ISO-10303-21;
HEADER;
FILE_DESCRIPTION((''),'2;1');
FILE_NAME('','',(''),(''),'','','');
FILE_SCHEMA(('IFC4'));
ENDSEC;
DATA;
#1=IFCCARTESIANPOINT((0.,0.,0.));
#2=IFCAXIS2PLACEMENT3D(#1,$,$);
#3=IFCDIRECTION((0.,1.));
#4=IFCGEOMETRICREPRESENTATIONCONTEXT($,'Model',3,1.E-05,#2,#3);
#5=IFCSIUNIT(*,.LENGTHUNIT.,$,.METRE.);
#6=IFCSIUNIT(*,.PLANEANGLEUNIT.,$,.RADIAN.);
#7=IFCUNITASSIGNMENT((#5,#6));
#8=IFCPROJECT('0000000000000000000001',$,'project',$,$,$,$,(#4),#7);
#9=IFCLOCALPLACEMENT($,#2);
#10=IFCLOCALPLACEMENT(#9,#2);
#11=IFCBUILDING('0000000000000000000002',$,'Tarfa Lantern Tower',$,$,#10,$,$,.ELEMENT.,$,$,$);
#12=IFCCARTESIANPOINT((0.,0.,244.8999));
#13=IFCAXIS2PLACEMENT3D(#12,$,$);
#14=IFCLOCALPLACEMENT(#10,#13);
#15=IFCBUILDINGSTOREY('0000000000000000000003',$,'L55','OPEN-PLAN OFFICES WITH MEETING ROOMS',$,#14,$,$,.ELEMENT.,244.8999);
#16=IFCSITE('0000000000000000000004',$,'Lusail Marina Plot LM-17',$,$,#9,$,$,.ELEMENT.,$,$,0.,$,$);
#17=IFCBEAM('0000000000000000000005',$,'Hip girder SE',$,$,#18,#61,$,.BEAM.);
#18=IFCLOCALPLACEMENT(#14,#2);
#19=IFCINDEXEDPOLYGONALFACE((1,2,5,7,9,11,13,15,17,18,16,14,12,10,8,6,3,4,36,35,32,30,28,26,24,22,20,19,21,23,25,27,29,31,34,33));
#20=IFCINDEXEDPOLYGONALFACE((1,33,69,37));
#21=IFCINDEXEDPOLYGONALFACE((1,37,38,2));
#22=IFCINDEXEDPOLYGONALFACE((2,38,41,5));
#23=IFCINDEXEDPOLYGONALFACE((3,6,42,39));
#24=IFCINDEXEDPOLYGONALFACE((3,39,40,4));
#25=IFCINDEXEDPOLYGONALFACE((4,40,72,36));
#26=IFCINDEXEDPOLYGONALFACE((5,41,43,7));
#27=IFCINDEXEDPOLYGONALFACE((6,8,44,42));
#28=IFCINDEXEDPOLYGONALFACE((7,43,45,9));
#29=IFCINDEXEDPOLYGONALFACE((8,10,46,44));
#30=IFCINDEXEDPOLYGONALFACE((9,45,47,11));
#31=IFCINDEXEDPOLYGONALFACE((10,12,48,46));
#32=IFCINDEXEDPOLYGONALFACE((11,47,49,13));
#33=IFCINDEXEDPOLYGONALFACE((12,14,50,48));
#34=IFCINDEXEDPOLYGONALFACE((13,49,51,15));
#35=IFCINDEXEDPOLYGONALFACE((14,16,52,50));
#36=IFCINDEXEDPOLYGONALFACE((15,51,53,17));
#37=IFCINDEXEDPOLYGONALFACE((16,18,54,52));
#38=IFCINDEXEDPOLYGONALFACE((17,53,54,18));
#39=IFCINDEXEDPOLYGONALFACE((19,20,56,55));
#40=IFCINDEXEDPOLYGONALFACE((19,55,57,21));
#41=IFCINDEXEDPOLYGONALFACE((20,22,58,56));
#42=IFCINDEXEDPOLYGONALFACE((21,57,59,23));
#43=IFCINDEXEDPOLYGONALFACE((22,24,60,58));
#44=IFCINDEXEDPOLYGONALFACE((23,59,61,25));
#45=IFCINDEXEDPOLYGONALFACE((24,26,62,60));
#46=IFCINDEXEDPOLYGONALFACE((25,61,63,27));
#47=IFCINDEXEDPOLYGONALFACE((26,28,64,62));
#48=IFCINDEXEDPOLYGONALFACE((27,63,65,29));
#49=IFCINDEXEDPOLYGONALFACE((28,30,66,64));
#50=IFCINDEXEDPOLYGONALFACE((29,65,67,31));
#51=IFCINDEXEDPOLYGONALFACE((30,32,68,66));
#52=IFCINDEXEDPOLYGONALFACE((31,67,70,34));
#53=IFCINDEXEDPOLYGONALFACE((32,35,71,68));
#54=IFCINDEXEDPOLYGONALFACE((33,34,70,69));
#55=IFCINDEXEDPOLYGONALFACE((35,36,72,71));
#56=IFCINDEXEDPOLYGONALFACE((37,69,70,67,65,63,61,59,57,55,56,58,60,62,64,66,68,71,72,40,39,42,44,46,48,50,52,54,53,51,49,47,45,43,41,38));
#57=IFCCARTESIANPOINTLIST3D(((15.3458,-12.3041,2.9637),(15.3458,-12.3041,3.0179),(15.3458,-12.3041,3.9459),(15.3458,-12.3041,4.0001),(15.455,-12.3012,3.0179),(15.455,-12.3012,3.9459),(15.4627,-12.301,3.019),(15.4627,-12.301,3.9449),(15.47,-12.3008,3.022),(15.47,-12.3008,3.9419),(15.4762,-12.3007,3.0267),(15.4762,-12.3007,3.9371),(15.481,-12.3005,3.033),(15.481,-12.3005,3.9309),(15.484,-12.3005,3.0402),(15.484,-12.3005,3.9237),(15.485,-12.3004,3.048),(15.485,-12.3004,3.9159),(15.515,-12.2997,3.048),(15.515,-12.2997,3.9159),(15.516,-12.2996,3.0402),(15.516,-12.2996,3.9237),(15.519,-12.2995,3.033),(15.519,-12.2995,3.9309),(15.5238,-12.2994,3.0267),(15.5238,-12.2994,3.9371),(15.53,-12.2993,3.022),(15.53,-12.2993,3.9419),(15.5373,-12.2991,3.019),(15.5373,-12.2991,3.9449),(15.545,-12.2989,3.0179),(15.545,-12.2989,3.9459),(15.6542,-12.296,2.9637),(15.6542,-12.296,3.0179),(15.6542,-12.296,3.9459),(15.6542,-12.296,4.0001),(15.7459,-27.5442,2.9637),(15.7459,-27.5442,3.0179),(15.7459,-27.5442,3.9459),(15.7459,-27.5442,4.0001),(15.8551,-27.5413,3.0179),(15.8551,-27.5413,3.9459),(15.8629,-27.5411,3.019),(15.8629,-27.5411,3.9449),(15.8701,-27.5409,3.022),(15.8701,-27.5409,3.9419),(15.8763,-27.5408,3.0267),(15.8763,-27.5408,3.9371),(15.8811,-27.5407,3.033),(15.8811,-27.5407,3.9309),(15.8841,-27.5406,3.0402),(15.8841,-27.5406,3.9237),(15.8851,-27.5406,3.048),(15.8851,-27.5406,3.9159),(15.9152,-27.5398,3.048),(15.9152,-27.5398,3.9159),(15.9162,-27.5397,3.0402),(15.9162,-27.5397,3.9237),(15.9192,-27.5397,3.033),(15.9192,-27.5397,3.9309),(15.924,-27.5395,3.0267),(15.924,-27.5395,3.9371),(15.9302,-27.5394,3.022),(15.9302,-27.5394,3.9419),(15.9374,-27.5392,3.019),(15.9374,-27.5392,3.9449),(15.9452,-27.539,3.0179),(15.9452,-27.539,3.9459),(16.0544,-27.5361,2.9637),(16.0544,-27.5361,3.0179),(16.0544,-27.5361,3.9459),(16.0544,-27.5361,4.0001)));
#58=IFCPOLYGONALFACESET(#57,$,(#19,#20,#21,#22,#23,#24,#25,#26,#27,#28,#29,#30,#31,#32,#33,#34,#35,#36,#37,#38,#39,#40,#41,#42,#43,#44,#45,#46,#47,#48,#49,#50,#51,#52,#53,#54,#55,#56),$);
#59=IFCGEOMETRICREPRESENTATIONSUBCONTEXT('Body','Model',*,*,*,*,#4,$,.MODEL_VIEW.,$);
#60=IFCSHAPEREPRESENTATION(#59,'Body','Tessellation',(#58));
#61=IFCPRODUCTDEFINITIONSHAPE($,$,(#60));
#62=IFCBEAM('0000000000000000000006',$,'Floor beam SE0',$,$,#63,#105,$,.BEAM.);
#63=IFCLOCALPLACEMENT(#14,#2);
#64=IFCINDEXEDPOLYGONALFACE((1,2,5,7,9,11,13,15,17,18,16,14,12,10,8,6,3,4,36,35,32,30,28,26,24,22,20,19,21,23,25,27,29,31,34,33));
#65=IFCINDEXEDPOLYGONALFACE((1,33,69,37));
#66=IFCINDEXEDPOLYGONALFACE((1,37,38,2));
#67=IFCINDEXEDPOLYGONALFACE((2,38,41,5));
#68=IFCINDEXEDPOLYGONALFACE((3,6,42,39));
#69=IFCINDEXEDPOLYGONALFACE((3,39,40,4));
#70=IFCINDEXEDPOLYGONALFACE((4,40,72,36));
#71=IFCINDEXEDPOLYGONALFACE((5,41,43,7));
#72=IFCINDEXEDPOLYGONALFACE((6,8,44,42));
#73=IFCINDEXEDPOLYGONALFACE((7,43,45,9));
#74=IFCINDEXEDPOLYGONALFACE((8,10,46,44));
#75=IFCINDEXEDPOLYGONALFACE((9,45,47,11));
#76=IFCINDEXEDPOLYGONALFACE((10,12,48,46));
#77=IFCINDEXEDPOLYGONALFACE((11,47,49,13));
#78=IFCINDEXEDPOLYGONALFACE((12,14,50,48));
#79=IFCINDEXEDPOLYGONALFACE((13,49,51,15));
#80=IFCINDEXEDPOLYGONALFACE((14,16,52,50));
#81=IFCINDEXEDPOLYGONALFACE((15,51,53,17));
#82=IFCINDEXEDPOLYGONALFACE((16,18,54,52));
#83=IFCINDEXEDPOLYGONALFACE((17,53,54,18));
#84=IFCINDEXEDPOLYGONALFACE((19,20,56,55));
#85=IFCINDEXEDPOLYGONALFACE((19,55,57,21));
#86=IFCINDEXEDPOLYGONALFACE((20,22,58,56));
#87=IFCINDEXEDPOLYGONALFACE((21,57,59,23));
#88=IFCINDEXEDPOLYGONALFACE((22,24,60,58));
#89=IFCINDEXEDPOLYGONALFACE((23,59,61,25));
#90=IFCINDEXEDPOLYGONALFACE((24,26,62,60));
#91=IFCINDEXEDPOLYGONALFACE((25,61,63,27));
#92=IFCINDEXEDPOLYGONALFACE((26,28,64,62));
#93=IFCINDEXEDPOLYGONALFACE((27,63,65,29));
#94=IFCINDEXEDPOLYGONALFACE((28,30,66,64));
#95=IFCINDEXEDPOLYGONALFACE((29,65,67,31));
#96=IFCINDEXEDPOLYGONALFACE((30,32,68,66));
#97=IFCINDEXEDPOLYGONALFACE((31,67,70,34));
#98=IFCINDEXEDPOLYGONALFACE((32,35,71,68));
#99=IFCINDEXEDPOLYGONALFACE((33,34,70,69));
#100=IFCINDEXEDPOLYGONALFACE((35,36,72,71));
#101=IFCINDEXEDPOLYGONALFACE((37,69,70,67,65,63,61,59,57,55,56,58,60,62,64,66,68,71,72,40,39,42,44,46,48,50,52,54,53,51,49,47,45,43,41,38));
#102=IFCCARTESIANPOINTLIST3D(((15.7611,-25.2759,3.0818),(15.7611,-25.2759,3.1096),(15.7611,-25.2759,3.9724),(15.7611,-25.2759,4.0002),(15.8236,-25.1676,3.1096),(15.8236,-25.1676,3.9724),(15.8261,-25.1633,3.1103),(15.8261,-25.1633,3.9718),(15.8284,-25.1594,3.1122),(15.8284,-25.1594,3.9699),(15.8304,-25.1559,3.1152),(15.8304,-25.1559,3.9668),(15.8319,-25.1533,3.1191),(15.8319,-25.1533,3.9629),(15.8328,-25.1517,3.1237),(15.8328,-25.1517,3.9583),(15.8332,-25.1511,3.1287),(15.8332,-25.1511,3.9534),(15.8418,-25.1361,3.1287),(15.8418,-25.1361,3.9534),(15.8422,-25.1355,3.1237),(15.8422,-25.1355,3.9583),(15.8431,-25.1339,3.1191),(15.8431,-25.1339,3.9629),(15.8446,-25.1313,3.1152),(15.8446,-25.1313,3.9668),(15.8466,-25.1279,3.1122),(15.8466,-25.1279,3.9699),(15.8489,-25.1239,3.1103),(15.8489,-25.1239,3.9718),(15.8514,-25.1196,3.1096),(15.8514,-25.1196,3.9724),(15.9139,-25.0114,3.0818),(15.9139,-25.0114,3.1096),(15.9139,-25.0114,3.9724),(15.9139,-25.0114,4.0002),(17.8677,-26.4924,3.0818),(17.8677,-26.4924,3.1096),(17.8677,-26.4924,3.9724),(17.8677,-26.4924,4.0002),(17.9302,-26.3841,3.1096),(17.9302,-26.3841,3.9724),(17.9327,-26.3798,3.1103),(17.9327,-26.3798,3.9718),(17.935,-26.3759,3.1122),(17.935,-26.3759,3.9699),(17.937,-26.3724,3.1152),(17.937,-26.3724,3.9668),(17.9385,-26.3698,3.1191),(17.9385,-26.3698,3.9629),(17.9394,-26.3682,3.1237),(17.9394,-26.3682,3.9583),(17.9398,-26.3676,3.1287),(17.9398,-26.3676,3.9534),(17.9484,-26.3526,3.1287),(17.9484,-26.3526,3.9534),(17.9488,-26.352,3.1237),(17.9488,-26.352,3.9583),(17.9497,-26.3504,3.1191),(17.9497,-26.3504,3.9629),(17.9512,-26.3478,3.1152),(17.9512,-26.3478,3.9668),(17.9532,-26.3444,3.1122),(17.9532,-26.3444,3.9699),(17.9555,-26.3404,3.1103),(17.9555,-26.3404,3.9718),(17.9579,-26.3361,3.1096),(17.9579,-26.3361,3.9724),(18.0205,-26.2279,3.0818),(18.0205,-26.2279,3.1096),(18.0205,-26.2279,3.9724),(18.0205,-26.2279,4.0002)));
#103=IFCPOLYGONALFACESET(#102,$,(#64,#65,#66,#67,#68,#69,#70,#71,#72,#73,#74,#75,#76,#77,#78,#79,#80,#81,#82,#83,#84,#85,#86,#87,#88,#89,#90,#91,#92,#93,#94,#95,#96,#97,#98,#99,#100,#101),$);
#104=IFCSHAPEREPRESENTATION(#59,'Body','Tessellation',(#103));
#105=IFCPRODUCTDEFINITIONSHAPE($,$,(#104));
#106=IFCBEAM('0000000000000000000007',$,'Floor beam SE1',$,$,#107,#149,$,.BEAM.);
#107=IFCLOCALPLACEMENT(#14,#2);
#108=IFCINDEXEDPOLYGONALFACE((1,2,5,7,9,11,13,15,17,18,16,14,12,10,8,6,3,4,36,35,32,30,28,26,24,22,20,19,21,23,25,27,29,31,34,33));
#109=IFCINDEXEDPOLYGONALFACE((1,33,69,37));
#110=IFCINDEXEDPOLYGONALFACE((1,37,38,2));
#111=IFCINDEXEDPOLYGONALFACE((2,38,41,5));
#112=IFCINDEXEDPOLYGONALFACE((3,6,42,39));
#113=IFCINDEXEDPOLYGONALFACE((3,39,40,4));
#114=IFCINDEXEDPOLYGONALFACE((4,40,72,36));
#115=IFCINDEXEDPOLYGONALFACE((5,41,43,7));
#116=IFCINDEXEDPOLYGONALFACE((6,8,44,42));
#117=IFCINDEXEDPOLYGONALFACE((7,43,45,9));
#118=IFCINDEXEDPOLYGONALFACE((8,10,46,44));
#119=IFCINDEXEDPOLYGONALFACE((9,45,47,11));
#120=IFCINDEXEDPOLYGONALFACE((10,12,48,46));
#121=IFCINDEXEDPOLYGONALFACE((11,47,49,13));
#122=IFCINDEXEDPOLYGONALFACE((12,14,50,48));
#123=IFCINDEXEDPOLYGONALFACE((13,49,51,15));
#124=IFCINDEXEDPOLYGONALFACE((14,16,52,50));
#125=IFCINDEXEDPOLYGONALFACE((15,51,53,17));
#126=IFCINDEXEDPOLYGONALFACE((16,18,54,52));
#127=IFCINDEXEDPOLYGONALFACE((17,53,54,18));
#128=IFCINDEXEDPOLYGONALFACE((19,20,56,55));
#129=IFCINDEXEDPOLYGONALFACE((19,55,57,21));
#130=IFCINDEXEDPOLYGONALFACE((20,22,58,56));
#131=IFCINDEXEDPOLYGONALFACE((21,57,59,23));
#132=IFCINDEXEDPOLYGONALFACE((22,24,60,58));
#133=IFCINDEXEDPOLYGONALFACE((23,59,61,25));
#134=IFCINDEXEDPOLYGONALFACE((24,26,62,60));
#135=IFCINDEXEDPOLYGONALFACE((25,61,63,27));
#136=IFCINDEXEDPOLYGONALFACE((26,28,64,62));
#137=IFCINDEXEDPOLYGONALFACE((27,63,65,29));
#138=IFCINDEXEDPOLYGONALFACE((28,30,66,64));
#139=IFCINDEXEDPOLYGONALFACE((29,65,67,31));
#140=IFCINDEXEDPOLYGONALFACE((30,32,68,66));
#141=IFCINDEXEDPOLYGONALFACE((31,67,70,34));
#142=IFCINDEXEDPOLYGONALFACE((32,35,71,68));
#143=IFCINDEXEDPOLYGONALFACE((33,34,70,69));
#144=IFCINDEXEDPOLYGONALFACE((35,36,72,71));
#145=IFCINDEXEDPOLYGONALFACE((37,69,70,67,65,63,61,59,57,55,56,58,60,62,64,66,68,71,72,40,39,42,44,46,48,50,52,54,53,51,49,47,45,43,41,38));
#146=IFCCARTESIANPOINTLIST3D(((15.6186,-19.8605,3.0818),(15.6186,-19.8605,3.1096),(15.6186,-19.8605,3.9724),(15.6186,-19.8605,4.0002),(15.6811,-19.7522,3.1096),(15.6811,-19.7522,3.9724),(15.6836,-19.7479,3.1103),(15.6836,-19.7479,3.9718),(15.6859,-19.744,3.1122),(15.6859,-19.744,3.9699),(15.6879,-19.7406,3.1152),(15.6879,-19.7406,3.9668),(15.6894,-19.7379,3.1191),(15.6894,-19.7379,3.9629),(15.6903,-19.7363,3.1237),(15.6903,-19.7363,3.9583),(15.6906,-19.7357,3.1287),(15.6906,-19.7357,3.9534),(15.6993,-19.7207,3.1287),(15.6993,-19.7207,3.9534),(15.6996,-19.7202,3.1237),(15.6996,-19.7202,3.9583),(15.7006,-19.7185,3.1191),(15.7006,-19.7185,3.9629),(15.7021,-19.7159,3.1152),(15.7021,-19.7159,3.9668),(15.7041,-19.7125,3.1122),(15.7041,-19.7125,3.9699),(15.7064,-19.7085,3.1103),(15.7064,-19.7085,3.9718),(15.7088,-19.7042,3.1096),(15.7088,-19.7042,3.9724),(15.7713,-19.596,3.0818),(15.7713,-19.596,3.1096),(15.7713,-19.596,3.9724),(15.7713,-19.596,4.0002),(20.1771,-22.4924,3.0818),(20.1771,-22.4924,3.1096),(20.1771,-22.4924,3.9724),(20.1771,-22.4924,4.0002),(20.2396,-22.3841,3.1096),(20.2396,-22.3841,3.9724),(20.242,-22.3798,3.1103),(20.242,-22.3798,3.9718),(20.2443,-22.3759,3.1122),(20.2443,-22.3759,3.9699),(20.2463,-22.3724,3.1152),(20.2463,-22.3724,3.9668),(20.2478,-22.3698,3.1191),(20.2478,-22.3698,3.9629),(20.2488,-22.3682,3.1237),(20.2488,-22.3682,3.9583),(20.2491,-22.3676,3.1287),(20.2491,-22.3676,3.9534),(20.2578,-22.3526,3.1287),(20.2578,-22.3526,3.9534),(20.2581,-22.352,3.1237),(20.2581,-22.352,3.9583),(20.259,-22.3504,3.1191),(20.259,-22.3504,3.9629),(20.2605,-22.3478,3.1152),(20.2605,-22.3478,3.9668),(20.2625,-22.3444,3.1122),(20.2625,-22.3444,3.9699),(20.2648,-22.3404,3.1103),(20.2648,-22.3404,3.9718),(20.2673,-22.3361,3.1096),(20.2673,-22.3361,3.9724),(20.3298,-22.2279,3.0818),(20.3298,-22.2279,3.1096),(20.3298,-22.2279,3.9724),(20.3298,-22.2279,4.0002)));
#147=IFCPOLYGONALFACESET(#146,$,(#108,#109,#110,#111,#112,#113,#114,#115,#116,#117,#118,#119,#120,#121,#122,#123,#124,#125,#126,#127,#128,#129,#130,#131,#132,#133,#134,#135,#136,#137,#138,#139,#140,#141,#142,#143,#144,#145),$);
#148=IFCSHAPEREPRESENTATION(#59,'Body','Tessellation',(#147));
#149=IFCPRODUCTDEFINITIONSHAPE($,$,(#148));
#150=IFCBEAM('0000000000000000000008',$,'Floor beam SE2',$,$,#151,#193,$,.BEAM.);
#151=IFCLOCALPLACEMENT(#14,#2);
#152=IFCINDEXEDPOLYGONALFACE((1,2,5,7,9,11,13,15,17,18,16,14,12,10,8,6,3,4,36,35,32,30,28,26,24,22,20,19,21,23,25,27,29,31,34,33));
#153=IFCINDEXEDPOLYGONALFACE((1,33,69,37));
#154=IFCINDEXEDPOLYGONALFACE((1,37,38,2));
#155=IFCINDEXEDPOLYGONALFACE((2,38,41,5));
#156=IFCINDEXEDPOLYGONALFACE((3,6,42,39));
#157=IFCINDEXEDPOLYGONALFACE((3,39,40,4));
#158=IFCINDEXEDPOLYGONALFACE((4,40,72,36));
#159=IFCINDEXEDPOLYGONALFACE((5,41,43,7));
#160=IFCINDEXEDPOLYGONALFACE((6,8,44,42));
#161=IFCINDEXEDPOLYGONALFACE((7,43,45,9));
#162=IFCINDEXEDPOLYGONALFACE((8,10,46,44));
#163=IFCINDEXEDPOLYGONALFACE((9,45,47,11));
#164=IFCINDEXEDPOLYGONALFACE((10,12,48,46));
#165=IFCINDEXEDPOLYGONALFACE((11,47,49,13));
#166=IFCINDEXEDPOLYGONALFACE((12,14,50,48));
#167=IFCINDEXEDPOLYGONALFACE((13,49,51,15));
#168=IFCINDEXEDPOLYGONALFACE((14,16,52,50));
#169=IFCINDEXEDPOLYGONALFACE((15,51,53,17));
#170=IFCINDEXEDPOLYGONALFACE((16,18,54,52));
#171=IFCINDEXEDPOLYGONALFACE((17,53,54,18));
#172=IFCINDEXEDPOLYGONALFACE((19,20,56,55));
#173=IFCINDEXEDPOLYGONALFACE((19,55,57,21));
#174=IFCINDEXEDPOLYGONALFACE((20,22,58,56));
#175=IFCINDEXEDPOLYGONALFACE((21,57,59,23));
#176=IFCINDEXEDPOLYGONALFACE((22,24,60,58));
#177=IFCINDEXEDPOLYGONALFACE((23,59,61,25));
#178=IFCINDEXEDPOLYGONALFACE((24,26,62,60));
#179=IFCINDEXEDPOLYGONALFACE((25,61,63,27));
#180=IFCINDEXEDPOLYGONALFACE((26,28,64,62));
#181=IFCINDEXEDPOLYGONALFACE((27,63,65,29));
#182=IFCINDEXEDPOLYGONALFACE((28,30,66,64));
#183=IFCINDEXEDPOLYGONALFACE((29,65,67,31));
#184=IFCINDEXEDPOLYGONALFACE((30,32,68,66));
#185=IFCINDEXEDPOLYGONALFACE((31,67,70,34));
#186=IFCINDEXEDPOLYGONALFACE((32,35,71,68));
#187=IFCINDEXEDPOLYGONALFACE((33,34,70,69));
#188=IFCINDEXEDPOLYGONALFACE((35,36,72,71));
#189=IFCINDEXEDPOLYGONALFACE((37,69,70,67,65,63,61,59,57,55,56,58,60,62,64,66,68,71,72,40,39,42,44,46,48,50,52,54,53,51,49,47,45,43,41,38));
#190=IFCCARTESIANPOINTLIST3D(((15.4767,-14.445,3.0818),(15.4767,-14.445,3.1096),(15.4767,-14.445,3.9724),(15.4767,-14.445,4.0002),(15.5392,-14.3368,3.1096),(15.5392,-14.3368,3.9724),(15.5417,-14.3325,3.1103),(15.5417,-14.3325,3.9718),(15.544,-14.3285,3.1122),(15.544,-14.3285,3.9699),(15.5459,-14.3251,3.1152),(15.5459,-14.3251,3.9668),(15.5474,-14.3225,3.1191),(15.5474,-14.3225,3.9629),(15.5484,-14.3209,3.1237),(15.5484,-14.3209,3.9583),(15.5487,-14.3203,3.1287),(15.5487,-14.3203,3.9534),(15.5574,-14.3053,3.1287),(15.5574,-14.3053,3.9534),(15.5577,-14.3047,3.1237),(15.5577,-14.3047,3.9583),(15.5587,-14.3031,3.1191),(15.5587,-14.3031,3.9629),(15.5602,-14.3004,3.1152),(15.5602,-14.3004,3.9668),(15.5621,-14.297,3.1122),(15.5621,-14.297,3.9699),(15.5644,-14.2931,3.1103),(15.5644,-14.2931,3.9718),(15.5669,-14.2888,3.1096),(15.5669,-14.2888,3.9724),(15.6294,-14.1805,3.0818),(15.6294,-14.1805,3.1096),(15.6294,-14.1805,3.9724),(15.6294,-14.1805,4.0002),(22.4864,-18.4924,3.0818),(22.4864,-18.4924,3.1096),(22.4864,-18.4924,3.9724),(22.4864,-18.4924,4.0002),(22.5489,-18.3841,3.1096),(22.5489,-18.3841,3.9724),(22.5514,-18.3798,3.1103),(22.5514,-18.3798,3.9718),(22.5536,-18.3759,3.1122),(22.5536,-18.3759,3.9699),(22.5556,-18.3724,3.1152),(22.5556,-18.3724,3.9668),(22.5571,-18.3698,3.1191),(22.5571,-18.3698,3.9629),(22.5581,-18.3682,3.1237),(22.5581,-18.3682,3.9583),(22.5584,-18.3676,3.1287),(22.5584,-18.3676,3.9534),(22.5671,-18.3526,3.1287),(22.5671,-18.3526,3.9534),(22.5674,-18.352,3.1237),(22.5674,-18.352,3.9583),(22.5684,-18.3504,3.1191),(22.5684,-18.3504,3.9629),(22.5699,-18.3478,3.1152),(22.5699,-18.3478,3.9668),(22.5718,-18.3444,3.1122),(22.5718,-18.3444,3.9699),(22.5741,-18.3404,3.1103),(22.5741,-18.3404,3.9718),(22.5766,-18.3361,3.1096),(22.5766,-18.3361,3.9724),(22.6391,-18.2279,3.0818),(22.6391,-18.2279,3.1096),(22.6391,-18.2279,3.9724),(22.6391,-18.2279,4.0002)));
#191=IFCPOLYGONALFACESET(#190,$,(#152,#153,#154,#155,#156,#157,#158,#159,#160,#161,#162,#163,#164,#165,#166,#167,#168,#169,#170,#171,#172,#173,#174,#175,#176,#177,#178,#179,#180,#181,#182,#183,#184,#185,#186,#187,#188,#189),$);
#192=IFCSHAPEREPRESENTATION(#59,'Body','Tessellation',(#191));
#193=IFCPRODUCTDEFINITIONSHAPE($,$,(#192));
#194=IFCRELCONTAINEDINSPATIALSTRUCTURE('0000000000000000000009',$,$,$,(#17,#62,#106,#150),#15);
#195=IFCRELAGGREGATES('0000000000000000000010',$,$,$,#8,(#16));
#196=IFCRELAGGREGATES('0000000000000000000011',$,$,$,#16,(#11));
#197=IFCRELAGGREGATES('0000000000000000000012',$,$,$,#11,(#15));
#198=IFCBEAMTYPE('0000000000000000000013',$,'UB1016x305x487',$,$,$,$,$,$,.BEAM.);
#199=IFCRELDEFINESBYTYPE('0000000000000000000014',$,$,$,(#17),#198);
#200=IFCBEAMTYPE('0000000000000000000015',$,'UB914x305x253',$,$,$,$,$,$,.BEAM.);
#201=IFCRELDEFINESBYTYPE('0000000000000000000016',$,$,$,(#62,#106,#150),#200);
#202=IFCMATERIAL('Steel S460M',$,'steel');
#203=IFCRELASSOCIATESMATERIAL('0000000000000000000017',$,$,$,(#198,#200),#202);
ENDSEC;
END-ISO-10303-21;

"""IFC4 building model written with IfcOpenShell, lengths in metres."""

from ifc_helpers import new_model, si_unit, direction, frame, origin, origin_2d, place, context, subcontext, project, spatial, i_section, extrude, material, material_profile, profile_set, type_object, element, save


model = new_model("IFC4")

# Units and contexts
model_context = context("Model", 3, precision=1e-05, world=origin(), true_north=direction((0.0, 1.0)))
body_context = subcontext(model_context, "Body", "Model", "MODEL_VIEW")
ifc_project = project(units=[si_unit("LENGTHUNIT", "METRE"), si_unit("PLANEANGLEUNIT", "RADIAN")], contexts=[model_context])

# Site, building, storey
site_placement = place(None, origin())
site = spatial("IfcSite", under=ifc_project, at=site_placement, Name="Lusail Marina Plot LM-17", CompositionType="ELEMENT", RefElevation=0.0)
building_placement = place(site_placement, origin())
building = spatial("IfcBuilding", under=site, at=building_placement, Name="Tarfa Lantern Tower", CompositionType="ELEMENT")
storey_placement = place(building_placement, frame((0.0, 0.0, 244.8999)))
storey = spatial("IfcBuildingStorey", under=building, at=storey_placement, Name="L55", Description="OPEN-PLAN OFFICES WITH MEETING ROOMS", CompositionType="ELEMENT", Elevation=244.8999)

# Beams
ifc_material_1 = material(Name="Steel S460M", Category="steel")
ifc_material_profile_1 = material_profile(ifc_material_1, i_section(OverallWidth=0.3086, OverallDepth=1.0364, WebThickness=0.03, FlangeThickness=0.0542, FilletRadius=0.03, at=origin_2d()), Name="UB1016x305x487")
ifc_profile_set_1 = profile_set([ifc_material_profile_1], Name="Steel S460M")
beam_type_1 = type_object("IfcBeamType", Name="UB1016x305x487", PredefinedType="BEAM", material=ifc_profile_set_1)
beam_1_placement = place(storey_placement, frame((15.5, -12.3, 3.4819), z_axis=(0.026247, -0.999655, 0.0), x_axis=(0.999655, 0.026247, 0.0)))
element("IfcBeam", 1, at=beam_1_placement, inside=storey, type_object=beam_type_1, Name="Hip girder SE", PredefinedType="BEAM", context=body_context, shape_type="SweptSolid", body=[
    extrude(i_section(OverallWidth=0.3086, OverallDepth=1.0364, WebThickness=0.03, FlangeThickness=0.0542, FilletRadius=0.03, at=origin_2d()), origin(), (0.0, 0.0, 1.0), 15.2454),
])
ifc_material_profile_2 = material_profile(ifc_material_1, i_section(OverallWidth=0.3054, OverallDepth=0.9185, WebThickness=0.0173, FlangeThickness=0.0278, FilletRadius=0.019, at=origin_2d()), Name="UB914x305x253")
ifc_profile_set_2 = profile_set([ifc_material_profile_2], Name="Steel S460M")
beam_type_2 = type_object("IfcBeamType", Name="UB914x305x253", PredefinedType="BEAM", material=ifc_profile_set_2)
beam_2_placement = place(storey_placement, frame((17.9441, -26.3601, 3.541), z_axis=(-0.86598, 0.500079, 0.0), x_axis=(-0.500079, -0.86598, 0.0)))
element("IfcBeam", 2, at=beam_2_placement, inside=storey, type_object=beam_type_2, Name="Floor beam SE0", PredefinedType="BEAM", context=body_context, shape_type="SweptSolid", body=[
    extrude(i_section(OverallWidth=0.3054, OverallDepth=0.9185, WebThickness=0.0173, FlangeThickness=0.0278, FilletRadius=0.019, at=origin_2d()), origin(), (0.0, 0.0, 1.0), 2.4326),
])
beam_3_placement = place(storey_placement, frame((20.2534, -22.3601, 3.541), z_axis=(-0.86602, 0.50001, 0.0), x_axis=(-0.50001, -0.86602, 0.0)))
element("IfcBeam", 3, at=beam_3_placement, inside=storey, type_object=beam_type_2, Name="Floor beam SE1", PredefinedType="BEAM", context=body_context, shape_type="SweptSolid", body=[
    extrude(i_section(OverallWidth=0.3054, OverallDepth=0.9185, WebThickness=0.0173, FlangeThickness=0.0278, FilletRadius=0.019, at=origin_2d()), origin(), (0.0, 0.0, 1.0), 5.2637),
])
beam_4_placement = place(storey_placement, frame((22.5627, -18.3601, 3.541), z_axis=(-0.866011, 0.500025, 0.0), x_axis=(-0.500025, -0.866011, 0.0)))
element("IfcBeam", 4, at=beam_4_placement, inside=storey, type_object=beam_type_2, Name="Floor beam SE2", PredefinedType="BEAM", context=body_context, shape_type="SweptSolid", body=[
    extrude(i_section(OverallWidth=0.3054, OverallDepth=0.9185, WebThickness=0.0173, FlangeThickness=0.0278, FilletRadius=0.019, at=origin_2d()), origin(), (0.0, 0.0, 1.0), 8.0942),
])

save(model, "model.ifc")
